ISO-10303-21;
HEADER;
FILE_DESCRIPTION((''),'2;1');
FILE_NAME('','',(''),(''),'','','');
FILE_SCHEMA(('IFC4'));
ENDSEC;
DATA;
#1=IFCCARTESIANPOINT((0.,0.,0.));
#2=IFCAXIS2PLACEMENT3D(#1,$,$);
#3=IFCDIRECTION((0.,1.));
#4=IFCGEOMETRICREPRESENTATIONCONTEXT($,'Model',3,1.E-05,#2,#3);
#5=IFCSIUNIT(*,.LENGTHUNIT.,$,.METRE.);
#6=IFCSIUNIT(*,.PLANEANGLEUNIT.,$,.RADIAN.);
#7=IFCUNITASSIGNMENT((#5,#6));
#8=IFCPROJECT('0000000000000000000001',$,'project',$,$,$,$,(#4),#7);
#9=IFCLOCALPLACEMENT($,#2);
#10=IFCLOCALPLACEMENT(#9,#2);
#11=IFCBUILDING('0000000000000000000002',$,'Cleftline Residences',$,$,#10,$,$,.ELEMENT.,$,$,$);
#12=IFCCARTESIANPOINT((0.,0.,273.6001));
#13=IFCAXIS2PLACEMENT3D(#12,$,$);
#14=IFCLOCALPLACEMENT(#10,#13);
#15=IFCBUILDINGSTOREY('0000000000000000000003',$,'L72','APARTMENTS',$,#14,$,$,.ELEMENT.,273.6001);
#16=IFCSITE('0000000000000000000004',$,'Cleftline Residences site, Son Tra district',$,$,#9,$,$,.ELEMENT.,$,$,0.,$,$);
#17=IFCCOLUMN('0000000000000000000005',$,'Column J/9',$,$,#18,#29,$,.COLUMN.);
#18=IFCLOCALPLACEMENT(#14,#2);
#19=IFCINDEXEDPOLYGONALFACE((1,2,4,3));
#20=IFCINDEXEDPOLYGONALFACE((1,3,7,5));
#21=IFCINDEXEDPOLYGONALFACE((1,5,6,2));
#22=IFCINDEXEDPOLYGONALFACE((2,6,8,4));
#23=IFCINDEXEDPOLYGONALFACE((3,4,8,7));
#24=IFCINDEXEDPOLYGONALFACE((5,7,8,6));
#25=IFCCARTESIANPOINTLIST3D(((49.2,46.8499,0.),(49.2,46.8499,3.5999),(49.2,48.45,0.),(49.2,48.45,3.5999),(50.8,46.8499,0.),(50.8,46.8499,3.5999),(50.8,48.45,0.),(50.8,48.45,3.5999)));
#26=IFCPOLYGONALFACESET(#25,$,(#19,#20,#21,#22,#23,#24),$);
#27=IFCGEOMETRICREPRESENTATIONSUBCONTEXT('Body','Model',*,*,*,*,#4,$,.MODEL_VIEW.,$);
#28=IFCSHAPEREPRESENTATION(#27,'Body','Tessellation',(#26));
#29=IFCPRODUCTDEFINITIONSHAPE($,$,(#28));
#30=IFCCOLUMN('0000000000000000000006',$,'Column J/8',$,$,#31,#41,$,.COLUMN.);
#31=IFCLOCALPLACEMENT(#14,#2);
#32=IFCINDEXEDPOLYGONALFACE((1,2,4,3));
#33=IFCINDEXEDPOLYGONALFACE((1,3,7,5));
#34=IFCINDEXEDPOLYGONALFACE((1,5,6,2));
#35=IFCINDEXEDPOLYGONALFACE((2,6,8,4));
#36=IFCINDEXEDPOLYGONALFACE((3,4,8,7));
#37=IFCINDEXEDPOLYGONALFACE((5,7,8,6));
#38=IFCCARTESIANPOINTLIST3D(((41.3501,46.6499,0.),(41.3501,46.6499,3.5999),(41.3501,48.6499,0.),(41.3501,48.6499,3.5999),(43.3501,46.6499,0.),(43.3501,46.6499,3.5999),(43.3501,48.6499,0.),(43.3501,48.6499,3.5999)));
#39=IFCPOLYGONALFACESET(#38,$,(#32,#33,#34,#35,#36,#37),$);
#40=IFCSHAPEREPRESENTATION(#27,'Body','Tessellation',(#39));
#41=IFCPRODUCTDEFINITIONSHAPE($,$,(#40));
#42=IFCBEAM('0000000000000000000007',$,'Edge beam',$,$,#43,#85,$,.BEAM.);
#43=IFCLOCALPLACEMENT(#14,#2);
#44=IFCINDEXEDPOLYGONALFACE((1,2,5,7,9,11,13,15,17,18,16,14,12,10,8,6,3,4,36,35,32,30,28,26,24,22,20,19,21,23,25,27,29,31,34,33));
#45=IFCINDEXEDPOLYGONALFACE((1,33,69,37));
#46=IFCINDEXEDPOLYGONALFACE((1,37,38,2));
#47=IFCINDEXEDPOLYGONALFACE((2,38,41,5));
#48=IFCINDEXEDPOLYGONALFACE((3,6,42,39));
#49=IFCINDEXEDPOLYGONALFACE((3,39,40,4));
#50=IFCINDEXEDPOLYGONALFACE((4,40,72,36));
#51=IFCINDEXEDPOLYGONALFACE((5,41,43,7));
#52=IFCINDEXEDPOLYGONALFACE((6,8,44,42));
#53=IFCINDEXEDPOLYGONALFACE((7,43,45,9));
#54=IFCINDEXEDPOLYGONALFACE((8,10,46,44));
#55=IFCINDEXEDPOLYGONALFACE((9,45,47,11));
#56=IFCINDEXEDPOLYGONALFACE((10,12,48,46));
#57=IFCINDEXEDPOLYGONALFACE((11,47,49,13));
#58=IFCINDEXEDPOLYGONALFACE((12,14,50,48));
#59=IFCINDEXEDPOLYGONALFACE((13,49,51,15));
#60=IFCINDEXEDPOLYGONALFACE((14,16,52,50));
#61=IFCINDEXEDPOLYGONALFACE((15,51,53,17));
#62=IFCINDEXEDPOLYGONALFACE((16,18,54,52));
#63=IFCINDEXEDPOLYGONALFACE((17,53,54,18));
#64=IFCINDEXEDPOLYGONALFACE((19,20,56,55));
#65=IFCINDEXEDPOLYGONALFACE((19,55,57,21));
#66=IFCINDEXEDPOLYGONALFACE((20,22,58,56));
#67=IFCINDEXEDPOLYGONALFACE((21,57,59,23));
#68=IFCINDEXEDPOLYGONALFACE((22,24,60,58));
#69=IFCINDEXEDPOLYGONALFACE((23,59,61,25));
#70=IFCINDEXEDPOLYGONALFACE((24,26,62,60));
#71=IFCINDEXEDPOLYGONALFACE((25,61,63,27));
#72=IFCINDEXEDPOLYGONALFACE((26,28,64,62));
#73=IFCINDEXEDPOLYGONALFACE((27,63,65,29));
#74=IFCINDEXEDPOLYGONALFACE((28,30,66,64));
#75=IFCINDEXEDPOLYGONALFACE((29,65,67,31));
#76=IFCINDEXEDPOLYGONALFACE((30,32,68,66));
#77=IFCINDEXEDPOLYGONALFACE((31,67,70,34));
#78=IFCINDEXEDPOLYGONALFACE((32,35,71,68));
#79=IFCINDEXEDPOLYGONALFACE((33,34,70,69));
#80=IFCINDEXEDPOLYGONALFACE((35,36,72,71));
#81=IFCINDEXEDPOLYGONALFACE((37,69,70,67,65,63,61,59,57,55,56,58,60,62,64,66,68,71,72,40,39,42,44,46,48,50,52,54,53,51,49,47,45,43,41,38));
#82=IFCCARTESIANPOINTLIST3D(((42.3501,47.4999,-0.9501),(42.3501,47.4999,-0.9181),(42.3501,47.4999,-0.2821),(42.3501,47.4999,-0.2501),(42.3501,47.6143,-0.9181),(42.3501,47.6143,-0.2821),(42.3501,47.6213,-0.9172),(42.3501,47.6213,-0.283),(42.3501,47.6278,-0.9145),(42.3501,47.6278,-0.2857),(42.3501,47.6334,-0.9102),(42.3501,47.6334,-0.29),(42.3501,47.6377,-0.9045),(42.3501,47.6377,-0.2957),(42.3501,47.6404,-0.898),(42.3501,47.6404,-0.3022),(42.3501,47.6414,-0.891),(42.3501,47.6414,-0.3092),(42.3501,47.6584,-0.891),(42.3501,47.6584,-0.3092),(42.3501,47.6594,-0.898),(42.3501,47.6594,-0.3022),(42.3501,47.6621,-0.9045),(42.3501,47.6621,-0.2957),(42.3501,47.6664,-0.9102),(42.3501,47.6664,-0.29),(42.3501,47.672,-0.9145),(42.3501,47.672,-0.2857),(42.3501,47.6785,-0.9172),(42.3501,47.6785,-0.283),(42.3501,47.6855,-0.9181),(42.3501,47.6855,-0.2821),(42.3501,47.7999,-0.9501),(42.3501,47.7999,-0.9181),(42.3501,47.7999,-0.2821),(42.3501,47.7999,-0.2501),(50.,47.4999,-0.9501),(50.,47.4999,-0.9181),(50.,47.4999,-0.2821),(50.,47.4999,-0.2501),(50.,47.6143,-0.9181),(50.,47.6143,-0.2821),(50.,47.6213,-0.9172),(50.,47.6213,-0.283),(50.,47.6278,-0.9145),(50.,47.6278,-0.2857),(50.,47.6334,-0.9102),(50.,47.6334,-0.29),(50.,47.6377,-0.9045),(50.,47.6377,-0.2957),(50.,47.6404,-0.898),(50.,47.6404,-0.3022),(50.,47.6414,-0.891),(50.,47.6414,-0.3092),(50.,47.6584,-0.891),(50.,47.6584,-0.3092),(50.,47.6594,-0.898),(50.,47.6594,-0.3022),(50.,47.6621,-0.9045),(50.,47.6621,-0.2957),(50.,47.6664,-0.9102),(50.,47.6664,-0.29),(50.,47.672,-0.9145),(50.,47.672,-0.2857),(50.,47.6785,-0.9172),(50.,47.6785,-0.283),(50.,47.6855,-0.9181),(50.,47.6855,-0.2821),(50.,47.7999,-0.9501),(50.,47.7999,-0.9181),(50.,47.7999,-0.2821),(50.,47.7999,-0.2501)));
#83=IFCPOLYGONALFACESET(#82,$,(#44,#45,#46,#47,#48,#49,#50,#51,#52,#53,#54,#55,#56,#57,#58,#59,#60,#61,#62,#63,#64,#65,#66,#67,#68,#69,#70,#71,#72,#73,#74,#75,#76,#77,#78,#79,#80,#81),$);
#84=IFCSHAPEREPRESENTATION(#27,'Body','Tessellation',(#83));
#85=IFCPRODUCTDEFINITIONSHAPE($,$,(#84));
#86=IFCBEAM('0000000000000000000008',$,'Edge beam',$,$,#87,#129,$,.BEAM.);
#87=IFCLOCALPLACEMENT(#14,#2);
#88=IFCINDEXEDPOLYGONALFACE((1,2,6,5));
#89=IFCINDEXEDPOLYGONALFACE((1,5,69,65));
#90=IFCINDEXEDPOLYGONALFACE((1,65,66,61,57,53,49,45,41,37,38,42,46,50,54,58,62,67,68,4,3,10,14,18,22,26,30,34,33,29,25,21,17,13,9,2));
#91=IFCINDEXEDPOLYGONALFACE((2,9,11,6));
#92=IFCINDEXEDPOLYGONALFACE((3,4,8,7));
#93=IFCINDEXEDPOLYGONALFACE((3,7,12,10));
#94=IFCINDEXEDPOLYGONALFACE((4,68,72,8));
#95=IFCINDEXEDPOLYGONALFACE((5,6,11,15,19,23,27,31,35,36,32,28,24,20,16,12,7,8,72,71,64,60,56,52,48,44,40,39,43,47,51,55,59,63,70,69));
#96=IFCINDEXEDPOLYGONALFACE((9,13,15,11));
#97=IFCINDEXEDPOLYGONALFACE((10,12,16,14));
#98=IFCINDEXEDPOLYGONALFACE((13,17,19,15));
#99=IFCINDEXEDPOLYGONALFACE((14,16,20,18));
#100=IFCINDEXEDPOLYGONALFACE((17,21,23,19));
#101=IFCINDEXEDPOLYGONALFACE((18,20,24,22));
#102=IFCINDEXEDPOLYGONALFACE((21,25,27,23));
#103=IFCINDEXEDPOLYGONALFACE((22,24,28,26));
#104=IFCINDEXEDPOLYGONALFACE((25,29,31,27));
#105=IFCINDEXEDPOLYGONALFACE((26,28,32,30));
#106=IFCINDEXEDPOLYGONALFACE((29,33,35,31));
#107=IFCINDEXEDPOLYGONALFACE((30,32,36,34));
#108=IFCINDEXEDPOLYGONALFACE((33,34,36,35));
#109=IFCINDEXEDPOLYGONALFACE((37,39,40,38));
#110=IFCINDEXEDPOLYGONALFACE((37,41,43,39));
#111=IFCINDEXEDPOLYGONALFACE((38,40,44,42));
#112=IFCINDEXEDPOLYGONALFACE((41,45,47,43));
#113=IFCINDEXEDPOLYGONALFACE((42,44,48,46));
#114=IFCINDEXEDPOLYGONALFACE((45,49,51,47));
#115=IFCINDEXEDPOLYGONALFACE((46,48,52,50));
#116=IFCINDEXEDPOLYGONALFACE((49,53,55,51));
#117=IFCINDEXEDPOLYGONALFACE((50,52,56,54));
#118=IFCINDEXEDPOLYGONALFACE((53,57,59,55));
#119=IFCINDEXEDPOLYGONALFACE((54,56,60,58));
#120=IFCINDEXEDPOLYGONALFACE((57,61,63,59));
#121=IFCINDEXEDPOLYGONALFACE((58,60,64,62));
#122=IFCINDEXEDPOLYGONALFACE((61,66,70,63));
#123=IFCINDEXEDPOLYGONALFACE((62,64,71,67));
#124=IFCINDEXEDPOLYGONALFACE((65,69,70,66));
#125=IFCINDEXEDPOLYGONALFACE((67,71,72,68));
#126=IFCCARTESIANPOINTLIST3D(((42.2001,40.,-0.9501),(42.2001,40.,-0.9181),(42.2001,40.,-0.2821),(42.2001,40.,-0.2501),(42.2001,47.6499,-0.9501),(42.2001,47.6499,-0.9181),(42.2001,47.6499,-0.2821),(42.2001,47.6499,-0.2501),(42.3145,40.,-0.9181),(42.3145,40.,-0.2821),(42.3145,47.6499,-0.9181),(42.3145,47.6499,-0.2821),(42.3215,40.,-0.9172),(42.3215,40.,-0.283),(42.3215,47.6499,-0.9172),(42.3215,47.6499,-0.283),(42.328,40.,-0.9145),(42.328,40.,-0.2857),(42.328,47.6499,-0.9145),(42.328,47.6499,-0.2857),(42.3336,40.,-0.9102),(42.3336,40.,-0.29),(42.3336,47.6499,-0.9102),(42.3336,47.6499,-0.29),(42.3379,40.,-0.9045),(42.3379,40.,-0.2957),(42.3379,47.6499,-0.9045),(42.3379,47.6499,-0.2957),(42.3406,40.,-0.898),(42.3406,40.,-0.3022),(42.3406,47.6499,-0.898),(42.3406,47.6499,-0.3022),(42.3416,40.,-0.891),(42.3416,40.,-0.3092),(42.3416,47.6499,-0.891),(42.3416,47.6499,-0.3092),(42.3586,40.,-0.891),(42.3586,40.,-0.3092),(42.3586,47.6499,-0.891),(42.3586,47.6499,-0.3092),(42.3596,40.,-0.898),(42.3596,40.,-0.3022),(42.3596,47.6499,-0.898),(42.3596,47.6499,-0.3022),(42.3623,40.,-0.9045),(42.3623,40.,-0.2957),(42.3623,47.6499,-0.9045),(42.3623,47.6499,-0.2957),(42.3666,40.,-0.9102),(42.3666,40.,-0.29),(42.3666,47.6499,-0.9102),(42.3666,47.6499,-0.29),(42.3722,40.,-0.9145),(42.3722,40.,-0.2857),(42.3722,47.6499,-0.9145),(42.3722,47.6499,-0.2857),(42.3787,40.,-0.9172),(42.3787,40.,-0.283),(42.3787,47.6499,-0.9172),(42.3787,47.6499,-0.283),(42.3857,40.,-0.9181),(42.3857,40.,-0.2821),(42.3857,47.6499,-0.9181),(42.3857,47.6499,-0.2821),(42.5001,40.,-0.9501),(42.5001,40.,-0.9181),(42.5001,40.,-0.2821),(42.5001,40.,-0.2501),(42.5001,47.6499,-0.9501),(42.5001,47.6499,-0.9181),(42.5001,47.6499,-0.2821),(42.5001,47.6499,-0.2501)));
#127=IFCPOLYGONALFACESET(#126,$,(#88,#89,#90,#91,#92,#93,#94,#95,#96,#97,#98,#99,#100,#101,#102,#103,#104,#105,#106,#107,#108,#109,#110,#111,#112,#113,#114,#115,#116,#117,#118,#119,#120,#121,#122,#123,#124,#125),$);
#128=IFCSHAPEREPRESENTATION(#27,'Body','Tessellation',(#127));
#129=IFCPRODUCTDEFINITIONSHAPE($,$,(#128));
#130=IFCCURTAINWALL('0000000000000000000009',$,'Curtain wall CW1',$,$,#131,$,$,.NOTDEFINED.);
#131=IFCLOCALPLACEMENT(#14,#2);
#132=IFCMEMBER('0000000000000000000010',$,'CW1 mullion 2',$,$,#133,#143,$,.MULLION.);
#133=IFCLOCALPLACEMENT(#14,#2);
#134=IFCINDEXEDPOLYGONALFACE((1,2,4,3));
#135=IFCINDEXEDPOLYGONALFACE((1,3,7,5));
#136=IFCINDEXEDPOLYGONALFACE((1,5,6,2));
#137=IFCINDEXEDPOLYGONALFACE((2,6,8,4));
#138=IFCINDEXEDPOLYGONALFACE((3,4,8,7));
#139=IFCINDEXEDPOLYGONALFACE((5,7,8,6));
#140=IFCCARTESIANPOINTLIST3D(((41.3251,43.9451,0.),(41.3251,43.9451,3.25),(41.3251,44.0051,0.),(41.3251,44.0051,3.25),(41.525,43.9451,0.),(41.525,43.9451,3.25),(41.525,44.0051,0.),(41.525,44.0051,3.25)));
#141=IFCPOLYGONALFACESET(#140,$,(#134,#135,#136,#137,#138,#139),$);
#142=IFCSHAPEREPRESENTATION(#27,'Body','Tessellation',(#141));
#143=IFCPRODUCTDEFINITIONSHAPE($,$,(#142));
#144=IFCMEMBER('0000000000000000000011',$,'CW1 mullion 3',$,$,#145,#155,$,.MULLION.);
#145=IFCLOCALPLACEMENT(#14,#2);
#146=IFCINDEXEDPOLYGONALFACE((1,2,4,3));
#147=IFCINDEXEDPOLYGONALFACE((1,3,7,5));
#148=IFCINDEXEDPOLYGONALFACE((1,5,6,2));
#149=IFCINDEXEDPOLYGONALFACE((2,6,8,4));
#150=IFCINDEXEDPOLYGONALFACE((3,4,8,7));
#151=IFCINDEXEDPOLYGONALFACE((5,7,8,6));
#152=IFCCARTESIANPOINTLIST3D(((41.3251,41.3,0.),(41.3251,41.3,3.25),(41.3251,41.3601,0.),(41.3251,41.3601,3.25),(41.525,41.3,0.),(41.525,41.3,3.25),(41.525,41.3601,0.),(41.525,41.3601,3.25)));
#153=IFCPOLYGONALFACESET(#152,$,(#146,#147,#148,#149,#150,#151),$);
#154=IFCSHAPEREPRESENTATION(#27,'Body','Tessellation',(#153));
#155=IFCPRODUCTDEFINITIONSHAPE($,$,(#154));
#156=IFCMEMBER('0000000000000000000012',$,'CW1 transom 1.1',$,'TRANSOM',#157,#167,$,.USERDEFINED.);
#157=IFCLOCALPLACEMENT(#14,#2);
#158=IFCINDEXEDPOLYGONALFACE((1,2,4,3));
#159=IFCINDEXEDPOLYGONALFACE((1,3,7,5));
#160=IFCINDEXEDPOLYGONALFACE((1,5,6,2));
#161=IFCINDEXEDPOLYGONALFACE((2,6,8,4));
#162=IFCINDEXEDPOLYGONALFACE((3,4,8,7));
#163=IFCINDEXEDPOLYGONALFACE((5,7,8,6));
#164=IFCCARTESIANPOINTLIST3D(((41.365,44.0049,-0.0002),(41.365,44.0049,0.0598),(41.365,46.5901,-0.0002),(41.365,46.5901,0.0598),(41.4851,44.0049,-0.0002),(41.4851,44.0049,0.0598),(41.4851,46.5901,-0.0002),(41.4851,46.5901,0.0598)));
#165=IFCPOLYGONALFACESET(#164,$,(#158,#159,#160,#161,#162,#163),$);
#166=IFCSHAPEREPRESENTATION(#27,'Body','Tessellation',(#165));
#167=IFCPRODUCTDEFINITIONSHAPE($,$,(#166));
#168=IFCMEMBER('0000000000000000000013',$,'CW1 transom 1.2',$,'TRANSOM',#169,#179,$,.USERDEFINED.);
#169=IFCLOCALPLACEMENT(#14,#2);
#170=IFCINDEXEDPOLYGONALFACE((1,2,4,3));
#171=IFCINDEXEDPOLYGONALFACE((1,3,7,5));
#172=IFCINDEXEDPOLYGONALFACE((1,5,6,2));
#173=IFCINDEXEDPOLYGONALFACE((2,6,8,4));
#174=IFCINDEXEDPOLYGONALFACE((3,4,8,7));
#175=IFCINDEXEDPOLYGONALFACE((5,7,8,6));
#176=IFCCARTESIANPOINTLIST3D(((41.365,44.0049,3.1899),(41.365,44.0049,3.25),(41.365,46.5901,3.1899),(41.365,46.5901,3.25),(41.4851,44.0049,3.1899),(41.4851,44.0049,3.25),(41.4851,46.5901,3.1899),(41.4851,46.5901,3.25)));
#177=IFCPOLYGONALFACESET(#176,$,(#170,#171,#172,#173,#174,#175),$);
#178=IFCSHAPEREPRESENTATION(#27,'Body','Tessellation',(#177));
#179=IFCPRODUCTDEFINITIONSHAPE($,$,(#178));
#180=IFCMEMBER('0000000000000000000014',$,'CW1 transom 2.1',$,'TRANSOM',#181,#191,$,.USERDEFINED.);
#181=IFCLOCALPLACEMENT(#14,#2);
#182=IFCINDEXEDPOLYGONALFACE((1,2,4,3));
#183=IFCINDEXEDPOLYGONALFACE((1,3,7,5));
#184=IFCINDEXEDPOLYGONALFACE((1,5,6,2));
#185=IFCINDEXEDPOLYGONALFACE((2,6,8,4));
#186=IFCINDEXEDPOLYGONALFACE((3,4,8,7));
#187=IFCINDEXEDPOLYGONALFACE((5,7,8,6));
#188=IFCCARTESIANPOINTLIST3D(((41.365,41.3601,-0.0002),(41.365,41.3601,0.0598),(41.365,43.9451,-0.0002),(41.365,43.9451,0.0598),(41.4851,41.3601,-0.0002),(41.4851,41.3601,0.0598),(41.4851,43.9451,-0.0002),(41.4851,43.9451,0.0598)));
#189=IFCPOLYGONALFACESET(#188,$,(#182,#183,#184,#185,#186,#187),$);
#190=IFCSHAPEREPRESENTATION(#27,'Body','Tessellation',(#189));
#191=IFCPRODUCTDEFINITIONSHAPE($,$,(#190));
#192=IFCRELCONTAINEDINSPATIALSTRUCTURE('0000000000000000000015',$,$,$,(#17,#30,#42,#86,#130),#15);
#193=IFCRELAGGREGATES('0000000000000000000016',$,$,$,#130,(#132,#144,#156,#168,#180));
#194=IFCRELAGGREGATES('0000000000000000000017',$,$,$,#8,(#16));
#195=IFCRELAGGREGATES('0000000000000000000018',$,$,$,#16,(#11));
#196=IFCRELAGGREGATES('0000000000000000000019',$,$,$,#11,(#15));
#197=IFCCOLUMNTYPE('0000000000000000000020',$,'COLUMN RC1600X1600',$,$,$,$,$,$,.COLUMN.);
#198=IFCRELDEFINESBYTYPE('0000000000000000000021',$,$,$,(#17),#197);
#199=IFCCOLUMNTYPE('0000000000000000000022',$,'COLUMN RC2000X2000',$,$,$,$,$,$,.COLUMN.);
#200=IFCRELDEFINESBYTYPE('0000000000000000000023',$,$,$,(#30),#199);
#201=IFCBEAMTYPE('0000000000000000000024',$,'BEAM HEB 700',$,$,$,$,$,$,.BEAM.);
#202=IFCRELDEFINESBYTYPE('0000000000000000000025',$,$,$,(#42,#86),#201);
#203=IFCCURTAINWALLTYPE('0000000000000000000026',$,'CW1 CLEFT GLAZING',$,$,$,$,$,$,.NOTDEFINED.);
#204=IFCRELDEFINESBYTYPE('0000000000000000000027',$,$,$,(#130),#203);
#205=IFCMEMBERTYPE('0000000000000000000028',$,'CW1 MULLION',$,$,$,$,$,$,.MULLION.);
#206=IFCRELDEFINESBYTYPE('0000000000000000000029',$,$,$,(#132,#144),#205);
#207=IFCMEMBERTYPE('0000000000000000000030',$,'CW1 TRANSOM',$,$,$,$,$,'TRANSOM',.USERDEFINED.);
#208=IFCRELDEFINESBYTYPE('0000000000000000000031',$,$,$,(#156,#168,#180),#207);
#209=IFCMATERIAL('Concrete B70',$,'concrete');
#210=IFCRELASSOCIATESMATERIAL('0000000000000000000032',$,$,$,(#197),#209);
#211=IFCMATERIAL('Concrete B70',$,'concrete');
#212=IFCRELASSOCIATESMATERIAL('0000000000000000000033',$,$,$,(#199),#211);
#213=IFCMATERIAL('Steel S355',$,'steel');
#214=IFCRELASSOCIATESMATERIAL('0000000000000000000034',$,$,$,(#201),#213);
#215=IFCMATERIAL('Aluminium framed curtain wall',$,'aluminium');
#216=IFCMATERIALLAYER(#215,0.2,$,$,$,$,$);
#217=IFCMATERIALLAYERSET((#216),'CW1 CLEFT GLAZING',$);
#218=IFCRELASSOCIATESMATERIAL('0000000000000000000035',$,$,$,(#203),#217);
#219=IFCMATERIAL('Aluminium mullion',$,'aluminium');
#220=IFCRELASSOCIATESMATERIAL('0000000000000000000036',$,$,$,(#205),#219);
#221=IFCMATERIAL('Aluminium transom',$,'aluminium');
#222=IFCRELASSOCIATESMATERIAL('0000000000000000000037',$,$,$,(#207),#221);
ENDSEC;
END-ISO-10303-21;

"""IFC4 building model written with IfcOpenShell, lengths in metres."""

from ifc_helpers import new_model, si_unit, direction, frame, origin, origin_2d, place, context, subcontext, project, spatial, rectangle, i_section, extrude, material, layer, layer_set, material_profile, profile_set, type_object, element, aggregate, save


model = new_model("IFC4")

# Units and contexts
model_context = context("Model", 3, precision=1e-05, world=origin(), true_north=direction((0.0, 1.0)))
body_context = subcontext(model_context, "Body", "Model", "MODEL_VIEW")
ifc_project = project(units=[si_unit("LENGTHUNIT", "METRE"), si_unit("PLANEANGLEUNIT", "RADIAN")], contexts=[model_context])

# Site, building, storey
site_placement = place(None, origin())
site = spatial("IfcSite", under=ifc_project, at=site_placement, Name="Cleftline Residences site, Son Tra district", CompositionType="ELEMENT", RefElevation=0.0)
building_placement = place(site_placement, origin())
building = spatial("IfcBuilding", under=site, at=building_placement, Name="Cleftline Residences", CompositionType="ELEMENT")
storey_placement = place(building_placement, frame((0.0, 0.0, 273.6001)))
storey = spatial("IfcBuildingStorey", under=building, at=storey_placement, Name="L72", Description="APARTMENTS", CompositionType="ELEMENT", Elevation=273.6001)

# Columns
ifc_material_1 = material(Name="Concrete B70", Category="concrete")
ifc_material_profile_1 = material_profile(ifc_material_1, rectangle(XDim=1.6001, YDim=1.6001, at=origin_2d()))
ifc_profile_set_1 = profile_set([ifc_material_profile_1], Name="Concrete B70")
column_type_1 = type_object("IfcColumnType", Name="COLUMN RC1600X1600", PredefinedType="COLUMN", material=ifc_profile_set_1)
column_1_placement = place(storey_placement, frame((50.0, 47.6499, 0.0), z_axis=(0.0, 0.0, 1.0), x_axis=(1.0, 0.0, 0.0)))
element("IfcColumn", 1, at=column_1_placement, inside=storey, type_object=column_type_1, Name="Column J/9", PredefinedType="COLUMN", context=body_context, shape_type="SweptSolid", body=[
    extrude(rectangle(XDim=1.6001, YDim=1.6001, at=origin_2d()), origin(), (0.0, 0.0, 1.0), 3.5999),
])
ifc_material_2 = material(Name="Concrete B70", Category="concrete")
ifc_material_profile_2 = material_profile(ifc_material_2, rectangle(XDim=2.0, YDim=2.0, at=origin_2d()))
ifc_profile_set_2 = profile_set([ifc_material_profile_2], Name="Concrete B70")
column_type_2 = type_object("IfcColumnType", Name="COLUMN RC2000X2000", PredefinedType="COLUMN", material=ifc_profile_set_2)
column_2_placement = place(storey_placement, frame((42.3501, 47.6499, 0.0), z_axis=(0.0, 0.0, 1.0), x_axis=(1.0, 0.0, 0.0)))
element("IfcColumn", 2, at=column_2_placement, inside=storey, type_object=column_type_2, Name="Column J/8", PredefinedType="COLUMN", context=body_context, shape_type="SweptSolid", body=[
    extrude(rectangle(XDim=2.0, YDim=2.0, at=origin_2d()), origin(), (0.0, 0.0, 1.0), 3.5999),
])

# Beams
ifc_material_3 = material(Name="Steel S355", Category="steel")
ifc_material_profile_3 = material_profile(ifc_material_3, i_section(OverallWidth=0.3, OverallDepth=0.7, WebThickness=0.0171, FlangeThickness=0.032, FilletRadius=0.0271, at=origin_2d()))
ifc_profile_set_3 = profile_set([ifc_material_profile_3], Name="Steel S355")
beam_type = type_object("IfcBeamType", Name="BEAM HEB 700", PredefinedType="BEAM", material=ifc_profile_set_3)
for number, where, z_axis, x_axis, name in (
    (3, (50.0, 47.6499, -0.6001), (-1.0, 0.0, 0.0), (0.0, -1.0, 0.0), "Edge beam"),
    (4, (42.3501, 47.6499, -0.6001), (0.0, -1.0, 0.0), (1.0, 0.0, 0.0), "Edge beam"),
):
    element("IfcBeam", number, at=place(storey_placement, frame(where, z_axis=z_axis, x_axis=x_axis)), inside=storey, type_object=beam_type, Name=name, PredefinedType="BEAM", context=body_context, shape_type="SweptSolid", body=[
        extrude(i_section(OverallWidth=0.3, OverallDepth=0.7, WebThickness=0.0171, FlangeThickness=0.032, FilletRadius=0.0271, at=origin_2d()), origin(), (0.0, 0.0, 1.0), 7.6499),
    ])

# Curtain wall, members
ifc_material_4 = material(Name="Aluminium framed curtain wall", Category="aluminium")
ifc_layer_1 = layer(ifc_material_4, 0.2)
ifc_layer_set_1 = layer_set([ifc_layer_1], Name="CW1 CLEFT GLAZING")
curtain_wall_type = type_object("IfcCurtainWallType", Name="CW1 CLEFT GLAZING", PredefinedType="NOTDEFINED", material=ifc_layer_set_1)
curtain_wall_placement = place(storey_placement, origin())
curtain_wall = element("IfcCurtainWall", 5, at=curtain_wall_placement, inside=storey, type_object=curtain_wall_type, Name="Curtain wall CW1", PredefinedType="NOTDEFINED")
ifc_material_5 = material(Name="Aluminium mullion", Category="aluminium")
ifc_material_profile_4 = material_profile(ifc_material_5, rectangle(XDim=0.2, YDim=0.0601, at=origin_2d()))
ifc_profile_set_4 = profile_set([ifc_material_profile_4], Name="Aluminium mullion")
member_type_1 = type_object("IfcMemberType", Name="CW1 MULLION", PredefinedType="MULLION", material=ifc_profile_set_4)
member_1_placement = place(storey_placement, frame((41.425, 43.9751, 0.0), z_axis=(0.0, 0.0, 1.0), x_axis=(1.0, 0.0, 0.0)))
member_1 = element("IfcMember", 6, at=member_1_placement, type_object=member_type_1, Name="CW1 mullion 2", PredefinedType="MULLION", context=body_context, shape_type="SweptSolid", body=[
    extrude(rectangle(XDim=0.2, YDim=0.0601, at=origin_2d()), origin(), (0.0, 0.0, 1.0), 3.25),
])
member_2_placement = place(storey_placement, frame((41.425, 41.3301, 0.0), z_axis=(0.0, 0.0, 1.0), x_axis=(1.0, 0.0, 0.0)))
member_2 = element("IfcMember", 7, at=member_2_placement, type_object=member_type_1, Name="CW1 mullion 3", PredefinedType="MULLION", context=body_context, shape_type="SweptSolid", body=[
    extrude(rectangle(XDim=0.2, YDim=0.0601, at=origin_2d()), origin(), (0.0, 0.0, 1.0), 3.25),
])
ifc_material_6 = material(Name="Aluminium transom", Category="aluminium")
ifc_material_profile_5 = material_profile(ifc_material_6, rectangle(XDim=0.1201, YDim=0.0601, at=origin_2d()))
ifc_profile_set_5 = profile_set([ifc_material_profile_5], Name="Aluminium transom")
member_type_2 = type_object("IfcMemberType", Name="CW1 TRANSOM", ElementType="TRANSOM", PredefinedType="USERDEFINED", material=ifc_profile_set_5)
member_3_placement = place(storey_placement, frame((41.425, 46.5901, 0.0298), z_axis=(0.0, -1.0, 0.0), x_axis=(1.0, 0.0, 0.0)))
member_3 = element("IfcMember", 8, at=member_3_placement, type_object=member_type_2, Name="CW1 transom 1.1", ObjectType="TRANSOM", PredefinedType="USERDEFINED", context=body_context, shape_type="SweptSolid", body=[
    extrude(rectangle(XDim=0.1201, YDim=0.0601, at=origin_2d()), origin(), (0.0, 0.0, 1.0), 2.5852),
])
member_4_placement = place(storey_placement, frame((41.425, 46.5901, 3.22), z_axis=(0.0, -1.0, 0.0), x_axis=(1.0, 0.0, 0.0)))
member_4 = element("IfcMember", 9, at=member_4_placement, type_object=member_type_2, Name="CW1 transom 1.2", ObjectType="TRANSOM", PredefinedType="USERDEFINED", context=body_context, shape_type="SweptSolid", body=[
    extrude(rectangle(XDim=0.1201, YDim=0.0601, at=origin_2d()), origin(), (0.0, 0.0, 1.0), 2.5852),
])
member_5_placement = place(storey_placement, frame((41.425, 43.9451, 0.0298), z_axis=(0.0, -1.0, 0.0), x_axis=(1.0, 0.0, 0.0)))
member_5 = element("IfcMember", 10, at=member_5_placement, type_object=member_type_2, Name="CW1 transom 2.1", ObjectType="TRANSOM", PredefinedType="USERDEFINED", context=body_context, shape_type="SweptSolid", body=[
    extrude(rectangle(XDim=0.1201, YDim=0.0601, at=origin_2d()), origin(), (0.0, 0.0, 1.0), 2.585),
])
aggregate(curtain_wall, [member_1, member_2, member_3, member_4, member_5])

save(model, "model.ifc")
